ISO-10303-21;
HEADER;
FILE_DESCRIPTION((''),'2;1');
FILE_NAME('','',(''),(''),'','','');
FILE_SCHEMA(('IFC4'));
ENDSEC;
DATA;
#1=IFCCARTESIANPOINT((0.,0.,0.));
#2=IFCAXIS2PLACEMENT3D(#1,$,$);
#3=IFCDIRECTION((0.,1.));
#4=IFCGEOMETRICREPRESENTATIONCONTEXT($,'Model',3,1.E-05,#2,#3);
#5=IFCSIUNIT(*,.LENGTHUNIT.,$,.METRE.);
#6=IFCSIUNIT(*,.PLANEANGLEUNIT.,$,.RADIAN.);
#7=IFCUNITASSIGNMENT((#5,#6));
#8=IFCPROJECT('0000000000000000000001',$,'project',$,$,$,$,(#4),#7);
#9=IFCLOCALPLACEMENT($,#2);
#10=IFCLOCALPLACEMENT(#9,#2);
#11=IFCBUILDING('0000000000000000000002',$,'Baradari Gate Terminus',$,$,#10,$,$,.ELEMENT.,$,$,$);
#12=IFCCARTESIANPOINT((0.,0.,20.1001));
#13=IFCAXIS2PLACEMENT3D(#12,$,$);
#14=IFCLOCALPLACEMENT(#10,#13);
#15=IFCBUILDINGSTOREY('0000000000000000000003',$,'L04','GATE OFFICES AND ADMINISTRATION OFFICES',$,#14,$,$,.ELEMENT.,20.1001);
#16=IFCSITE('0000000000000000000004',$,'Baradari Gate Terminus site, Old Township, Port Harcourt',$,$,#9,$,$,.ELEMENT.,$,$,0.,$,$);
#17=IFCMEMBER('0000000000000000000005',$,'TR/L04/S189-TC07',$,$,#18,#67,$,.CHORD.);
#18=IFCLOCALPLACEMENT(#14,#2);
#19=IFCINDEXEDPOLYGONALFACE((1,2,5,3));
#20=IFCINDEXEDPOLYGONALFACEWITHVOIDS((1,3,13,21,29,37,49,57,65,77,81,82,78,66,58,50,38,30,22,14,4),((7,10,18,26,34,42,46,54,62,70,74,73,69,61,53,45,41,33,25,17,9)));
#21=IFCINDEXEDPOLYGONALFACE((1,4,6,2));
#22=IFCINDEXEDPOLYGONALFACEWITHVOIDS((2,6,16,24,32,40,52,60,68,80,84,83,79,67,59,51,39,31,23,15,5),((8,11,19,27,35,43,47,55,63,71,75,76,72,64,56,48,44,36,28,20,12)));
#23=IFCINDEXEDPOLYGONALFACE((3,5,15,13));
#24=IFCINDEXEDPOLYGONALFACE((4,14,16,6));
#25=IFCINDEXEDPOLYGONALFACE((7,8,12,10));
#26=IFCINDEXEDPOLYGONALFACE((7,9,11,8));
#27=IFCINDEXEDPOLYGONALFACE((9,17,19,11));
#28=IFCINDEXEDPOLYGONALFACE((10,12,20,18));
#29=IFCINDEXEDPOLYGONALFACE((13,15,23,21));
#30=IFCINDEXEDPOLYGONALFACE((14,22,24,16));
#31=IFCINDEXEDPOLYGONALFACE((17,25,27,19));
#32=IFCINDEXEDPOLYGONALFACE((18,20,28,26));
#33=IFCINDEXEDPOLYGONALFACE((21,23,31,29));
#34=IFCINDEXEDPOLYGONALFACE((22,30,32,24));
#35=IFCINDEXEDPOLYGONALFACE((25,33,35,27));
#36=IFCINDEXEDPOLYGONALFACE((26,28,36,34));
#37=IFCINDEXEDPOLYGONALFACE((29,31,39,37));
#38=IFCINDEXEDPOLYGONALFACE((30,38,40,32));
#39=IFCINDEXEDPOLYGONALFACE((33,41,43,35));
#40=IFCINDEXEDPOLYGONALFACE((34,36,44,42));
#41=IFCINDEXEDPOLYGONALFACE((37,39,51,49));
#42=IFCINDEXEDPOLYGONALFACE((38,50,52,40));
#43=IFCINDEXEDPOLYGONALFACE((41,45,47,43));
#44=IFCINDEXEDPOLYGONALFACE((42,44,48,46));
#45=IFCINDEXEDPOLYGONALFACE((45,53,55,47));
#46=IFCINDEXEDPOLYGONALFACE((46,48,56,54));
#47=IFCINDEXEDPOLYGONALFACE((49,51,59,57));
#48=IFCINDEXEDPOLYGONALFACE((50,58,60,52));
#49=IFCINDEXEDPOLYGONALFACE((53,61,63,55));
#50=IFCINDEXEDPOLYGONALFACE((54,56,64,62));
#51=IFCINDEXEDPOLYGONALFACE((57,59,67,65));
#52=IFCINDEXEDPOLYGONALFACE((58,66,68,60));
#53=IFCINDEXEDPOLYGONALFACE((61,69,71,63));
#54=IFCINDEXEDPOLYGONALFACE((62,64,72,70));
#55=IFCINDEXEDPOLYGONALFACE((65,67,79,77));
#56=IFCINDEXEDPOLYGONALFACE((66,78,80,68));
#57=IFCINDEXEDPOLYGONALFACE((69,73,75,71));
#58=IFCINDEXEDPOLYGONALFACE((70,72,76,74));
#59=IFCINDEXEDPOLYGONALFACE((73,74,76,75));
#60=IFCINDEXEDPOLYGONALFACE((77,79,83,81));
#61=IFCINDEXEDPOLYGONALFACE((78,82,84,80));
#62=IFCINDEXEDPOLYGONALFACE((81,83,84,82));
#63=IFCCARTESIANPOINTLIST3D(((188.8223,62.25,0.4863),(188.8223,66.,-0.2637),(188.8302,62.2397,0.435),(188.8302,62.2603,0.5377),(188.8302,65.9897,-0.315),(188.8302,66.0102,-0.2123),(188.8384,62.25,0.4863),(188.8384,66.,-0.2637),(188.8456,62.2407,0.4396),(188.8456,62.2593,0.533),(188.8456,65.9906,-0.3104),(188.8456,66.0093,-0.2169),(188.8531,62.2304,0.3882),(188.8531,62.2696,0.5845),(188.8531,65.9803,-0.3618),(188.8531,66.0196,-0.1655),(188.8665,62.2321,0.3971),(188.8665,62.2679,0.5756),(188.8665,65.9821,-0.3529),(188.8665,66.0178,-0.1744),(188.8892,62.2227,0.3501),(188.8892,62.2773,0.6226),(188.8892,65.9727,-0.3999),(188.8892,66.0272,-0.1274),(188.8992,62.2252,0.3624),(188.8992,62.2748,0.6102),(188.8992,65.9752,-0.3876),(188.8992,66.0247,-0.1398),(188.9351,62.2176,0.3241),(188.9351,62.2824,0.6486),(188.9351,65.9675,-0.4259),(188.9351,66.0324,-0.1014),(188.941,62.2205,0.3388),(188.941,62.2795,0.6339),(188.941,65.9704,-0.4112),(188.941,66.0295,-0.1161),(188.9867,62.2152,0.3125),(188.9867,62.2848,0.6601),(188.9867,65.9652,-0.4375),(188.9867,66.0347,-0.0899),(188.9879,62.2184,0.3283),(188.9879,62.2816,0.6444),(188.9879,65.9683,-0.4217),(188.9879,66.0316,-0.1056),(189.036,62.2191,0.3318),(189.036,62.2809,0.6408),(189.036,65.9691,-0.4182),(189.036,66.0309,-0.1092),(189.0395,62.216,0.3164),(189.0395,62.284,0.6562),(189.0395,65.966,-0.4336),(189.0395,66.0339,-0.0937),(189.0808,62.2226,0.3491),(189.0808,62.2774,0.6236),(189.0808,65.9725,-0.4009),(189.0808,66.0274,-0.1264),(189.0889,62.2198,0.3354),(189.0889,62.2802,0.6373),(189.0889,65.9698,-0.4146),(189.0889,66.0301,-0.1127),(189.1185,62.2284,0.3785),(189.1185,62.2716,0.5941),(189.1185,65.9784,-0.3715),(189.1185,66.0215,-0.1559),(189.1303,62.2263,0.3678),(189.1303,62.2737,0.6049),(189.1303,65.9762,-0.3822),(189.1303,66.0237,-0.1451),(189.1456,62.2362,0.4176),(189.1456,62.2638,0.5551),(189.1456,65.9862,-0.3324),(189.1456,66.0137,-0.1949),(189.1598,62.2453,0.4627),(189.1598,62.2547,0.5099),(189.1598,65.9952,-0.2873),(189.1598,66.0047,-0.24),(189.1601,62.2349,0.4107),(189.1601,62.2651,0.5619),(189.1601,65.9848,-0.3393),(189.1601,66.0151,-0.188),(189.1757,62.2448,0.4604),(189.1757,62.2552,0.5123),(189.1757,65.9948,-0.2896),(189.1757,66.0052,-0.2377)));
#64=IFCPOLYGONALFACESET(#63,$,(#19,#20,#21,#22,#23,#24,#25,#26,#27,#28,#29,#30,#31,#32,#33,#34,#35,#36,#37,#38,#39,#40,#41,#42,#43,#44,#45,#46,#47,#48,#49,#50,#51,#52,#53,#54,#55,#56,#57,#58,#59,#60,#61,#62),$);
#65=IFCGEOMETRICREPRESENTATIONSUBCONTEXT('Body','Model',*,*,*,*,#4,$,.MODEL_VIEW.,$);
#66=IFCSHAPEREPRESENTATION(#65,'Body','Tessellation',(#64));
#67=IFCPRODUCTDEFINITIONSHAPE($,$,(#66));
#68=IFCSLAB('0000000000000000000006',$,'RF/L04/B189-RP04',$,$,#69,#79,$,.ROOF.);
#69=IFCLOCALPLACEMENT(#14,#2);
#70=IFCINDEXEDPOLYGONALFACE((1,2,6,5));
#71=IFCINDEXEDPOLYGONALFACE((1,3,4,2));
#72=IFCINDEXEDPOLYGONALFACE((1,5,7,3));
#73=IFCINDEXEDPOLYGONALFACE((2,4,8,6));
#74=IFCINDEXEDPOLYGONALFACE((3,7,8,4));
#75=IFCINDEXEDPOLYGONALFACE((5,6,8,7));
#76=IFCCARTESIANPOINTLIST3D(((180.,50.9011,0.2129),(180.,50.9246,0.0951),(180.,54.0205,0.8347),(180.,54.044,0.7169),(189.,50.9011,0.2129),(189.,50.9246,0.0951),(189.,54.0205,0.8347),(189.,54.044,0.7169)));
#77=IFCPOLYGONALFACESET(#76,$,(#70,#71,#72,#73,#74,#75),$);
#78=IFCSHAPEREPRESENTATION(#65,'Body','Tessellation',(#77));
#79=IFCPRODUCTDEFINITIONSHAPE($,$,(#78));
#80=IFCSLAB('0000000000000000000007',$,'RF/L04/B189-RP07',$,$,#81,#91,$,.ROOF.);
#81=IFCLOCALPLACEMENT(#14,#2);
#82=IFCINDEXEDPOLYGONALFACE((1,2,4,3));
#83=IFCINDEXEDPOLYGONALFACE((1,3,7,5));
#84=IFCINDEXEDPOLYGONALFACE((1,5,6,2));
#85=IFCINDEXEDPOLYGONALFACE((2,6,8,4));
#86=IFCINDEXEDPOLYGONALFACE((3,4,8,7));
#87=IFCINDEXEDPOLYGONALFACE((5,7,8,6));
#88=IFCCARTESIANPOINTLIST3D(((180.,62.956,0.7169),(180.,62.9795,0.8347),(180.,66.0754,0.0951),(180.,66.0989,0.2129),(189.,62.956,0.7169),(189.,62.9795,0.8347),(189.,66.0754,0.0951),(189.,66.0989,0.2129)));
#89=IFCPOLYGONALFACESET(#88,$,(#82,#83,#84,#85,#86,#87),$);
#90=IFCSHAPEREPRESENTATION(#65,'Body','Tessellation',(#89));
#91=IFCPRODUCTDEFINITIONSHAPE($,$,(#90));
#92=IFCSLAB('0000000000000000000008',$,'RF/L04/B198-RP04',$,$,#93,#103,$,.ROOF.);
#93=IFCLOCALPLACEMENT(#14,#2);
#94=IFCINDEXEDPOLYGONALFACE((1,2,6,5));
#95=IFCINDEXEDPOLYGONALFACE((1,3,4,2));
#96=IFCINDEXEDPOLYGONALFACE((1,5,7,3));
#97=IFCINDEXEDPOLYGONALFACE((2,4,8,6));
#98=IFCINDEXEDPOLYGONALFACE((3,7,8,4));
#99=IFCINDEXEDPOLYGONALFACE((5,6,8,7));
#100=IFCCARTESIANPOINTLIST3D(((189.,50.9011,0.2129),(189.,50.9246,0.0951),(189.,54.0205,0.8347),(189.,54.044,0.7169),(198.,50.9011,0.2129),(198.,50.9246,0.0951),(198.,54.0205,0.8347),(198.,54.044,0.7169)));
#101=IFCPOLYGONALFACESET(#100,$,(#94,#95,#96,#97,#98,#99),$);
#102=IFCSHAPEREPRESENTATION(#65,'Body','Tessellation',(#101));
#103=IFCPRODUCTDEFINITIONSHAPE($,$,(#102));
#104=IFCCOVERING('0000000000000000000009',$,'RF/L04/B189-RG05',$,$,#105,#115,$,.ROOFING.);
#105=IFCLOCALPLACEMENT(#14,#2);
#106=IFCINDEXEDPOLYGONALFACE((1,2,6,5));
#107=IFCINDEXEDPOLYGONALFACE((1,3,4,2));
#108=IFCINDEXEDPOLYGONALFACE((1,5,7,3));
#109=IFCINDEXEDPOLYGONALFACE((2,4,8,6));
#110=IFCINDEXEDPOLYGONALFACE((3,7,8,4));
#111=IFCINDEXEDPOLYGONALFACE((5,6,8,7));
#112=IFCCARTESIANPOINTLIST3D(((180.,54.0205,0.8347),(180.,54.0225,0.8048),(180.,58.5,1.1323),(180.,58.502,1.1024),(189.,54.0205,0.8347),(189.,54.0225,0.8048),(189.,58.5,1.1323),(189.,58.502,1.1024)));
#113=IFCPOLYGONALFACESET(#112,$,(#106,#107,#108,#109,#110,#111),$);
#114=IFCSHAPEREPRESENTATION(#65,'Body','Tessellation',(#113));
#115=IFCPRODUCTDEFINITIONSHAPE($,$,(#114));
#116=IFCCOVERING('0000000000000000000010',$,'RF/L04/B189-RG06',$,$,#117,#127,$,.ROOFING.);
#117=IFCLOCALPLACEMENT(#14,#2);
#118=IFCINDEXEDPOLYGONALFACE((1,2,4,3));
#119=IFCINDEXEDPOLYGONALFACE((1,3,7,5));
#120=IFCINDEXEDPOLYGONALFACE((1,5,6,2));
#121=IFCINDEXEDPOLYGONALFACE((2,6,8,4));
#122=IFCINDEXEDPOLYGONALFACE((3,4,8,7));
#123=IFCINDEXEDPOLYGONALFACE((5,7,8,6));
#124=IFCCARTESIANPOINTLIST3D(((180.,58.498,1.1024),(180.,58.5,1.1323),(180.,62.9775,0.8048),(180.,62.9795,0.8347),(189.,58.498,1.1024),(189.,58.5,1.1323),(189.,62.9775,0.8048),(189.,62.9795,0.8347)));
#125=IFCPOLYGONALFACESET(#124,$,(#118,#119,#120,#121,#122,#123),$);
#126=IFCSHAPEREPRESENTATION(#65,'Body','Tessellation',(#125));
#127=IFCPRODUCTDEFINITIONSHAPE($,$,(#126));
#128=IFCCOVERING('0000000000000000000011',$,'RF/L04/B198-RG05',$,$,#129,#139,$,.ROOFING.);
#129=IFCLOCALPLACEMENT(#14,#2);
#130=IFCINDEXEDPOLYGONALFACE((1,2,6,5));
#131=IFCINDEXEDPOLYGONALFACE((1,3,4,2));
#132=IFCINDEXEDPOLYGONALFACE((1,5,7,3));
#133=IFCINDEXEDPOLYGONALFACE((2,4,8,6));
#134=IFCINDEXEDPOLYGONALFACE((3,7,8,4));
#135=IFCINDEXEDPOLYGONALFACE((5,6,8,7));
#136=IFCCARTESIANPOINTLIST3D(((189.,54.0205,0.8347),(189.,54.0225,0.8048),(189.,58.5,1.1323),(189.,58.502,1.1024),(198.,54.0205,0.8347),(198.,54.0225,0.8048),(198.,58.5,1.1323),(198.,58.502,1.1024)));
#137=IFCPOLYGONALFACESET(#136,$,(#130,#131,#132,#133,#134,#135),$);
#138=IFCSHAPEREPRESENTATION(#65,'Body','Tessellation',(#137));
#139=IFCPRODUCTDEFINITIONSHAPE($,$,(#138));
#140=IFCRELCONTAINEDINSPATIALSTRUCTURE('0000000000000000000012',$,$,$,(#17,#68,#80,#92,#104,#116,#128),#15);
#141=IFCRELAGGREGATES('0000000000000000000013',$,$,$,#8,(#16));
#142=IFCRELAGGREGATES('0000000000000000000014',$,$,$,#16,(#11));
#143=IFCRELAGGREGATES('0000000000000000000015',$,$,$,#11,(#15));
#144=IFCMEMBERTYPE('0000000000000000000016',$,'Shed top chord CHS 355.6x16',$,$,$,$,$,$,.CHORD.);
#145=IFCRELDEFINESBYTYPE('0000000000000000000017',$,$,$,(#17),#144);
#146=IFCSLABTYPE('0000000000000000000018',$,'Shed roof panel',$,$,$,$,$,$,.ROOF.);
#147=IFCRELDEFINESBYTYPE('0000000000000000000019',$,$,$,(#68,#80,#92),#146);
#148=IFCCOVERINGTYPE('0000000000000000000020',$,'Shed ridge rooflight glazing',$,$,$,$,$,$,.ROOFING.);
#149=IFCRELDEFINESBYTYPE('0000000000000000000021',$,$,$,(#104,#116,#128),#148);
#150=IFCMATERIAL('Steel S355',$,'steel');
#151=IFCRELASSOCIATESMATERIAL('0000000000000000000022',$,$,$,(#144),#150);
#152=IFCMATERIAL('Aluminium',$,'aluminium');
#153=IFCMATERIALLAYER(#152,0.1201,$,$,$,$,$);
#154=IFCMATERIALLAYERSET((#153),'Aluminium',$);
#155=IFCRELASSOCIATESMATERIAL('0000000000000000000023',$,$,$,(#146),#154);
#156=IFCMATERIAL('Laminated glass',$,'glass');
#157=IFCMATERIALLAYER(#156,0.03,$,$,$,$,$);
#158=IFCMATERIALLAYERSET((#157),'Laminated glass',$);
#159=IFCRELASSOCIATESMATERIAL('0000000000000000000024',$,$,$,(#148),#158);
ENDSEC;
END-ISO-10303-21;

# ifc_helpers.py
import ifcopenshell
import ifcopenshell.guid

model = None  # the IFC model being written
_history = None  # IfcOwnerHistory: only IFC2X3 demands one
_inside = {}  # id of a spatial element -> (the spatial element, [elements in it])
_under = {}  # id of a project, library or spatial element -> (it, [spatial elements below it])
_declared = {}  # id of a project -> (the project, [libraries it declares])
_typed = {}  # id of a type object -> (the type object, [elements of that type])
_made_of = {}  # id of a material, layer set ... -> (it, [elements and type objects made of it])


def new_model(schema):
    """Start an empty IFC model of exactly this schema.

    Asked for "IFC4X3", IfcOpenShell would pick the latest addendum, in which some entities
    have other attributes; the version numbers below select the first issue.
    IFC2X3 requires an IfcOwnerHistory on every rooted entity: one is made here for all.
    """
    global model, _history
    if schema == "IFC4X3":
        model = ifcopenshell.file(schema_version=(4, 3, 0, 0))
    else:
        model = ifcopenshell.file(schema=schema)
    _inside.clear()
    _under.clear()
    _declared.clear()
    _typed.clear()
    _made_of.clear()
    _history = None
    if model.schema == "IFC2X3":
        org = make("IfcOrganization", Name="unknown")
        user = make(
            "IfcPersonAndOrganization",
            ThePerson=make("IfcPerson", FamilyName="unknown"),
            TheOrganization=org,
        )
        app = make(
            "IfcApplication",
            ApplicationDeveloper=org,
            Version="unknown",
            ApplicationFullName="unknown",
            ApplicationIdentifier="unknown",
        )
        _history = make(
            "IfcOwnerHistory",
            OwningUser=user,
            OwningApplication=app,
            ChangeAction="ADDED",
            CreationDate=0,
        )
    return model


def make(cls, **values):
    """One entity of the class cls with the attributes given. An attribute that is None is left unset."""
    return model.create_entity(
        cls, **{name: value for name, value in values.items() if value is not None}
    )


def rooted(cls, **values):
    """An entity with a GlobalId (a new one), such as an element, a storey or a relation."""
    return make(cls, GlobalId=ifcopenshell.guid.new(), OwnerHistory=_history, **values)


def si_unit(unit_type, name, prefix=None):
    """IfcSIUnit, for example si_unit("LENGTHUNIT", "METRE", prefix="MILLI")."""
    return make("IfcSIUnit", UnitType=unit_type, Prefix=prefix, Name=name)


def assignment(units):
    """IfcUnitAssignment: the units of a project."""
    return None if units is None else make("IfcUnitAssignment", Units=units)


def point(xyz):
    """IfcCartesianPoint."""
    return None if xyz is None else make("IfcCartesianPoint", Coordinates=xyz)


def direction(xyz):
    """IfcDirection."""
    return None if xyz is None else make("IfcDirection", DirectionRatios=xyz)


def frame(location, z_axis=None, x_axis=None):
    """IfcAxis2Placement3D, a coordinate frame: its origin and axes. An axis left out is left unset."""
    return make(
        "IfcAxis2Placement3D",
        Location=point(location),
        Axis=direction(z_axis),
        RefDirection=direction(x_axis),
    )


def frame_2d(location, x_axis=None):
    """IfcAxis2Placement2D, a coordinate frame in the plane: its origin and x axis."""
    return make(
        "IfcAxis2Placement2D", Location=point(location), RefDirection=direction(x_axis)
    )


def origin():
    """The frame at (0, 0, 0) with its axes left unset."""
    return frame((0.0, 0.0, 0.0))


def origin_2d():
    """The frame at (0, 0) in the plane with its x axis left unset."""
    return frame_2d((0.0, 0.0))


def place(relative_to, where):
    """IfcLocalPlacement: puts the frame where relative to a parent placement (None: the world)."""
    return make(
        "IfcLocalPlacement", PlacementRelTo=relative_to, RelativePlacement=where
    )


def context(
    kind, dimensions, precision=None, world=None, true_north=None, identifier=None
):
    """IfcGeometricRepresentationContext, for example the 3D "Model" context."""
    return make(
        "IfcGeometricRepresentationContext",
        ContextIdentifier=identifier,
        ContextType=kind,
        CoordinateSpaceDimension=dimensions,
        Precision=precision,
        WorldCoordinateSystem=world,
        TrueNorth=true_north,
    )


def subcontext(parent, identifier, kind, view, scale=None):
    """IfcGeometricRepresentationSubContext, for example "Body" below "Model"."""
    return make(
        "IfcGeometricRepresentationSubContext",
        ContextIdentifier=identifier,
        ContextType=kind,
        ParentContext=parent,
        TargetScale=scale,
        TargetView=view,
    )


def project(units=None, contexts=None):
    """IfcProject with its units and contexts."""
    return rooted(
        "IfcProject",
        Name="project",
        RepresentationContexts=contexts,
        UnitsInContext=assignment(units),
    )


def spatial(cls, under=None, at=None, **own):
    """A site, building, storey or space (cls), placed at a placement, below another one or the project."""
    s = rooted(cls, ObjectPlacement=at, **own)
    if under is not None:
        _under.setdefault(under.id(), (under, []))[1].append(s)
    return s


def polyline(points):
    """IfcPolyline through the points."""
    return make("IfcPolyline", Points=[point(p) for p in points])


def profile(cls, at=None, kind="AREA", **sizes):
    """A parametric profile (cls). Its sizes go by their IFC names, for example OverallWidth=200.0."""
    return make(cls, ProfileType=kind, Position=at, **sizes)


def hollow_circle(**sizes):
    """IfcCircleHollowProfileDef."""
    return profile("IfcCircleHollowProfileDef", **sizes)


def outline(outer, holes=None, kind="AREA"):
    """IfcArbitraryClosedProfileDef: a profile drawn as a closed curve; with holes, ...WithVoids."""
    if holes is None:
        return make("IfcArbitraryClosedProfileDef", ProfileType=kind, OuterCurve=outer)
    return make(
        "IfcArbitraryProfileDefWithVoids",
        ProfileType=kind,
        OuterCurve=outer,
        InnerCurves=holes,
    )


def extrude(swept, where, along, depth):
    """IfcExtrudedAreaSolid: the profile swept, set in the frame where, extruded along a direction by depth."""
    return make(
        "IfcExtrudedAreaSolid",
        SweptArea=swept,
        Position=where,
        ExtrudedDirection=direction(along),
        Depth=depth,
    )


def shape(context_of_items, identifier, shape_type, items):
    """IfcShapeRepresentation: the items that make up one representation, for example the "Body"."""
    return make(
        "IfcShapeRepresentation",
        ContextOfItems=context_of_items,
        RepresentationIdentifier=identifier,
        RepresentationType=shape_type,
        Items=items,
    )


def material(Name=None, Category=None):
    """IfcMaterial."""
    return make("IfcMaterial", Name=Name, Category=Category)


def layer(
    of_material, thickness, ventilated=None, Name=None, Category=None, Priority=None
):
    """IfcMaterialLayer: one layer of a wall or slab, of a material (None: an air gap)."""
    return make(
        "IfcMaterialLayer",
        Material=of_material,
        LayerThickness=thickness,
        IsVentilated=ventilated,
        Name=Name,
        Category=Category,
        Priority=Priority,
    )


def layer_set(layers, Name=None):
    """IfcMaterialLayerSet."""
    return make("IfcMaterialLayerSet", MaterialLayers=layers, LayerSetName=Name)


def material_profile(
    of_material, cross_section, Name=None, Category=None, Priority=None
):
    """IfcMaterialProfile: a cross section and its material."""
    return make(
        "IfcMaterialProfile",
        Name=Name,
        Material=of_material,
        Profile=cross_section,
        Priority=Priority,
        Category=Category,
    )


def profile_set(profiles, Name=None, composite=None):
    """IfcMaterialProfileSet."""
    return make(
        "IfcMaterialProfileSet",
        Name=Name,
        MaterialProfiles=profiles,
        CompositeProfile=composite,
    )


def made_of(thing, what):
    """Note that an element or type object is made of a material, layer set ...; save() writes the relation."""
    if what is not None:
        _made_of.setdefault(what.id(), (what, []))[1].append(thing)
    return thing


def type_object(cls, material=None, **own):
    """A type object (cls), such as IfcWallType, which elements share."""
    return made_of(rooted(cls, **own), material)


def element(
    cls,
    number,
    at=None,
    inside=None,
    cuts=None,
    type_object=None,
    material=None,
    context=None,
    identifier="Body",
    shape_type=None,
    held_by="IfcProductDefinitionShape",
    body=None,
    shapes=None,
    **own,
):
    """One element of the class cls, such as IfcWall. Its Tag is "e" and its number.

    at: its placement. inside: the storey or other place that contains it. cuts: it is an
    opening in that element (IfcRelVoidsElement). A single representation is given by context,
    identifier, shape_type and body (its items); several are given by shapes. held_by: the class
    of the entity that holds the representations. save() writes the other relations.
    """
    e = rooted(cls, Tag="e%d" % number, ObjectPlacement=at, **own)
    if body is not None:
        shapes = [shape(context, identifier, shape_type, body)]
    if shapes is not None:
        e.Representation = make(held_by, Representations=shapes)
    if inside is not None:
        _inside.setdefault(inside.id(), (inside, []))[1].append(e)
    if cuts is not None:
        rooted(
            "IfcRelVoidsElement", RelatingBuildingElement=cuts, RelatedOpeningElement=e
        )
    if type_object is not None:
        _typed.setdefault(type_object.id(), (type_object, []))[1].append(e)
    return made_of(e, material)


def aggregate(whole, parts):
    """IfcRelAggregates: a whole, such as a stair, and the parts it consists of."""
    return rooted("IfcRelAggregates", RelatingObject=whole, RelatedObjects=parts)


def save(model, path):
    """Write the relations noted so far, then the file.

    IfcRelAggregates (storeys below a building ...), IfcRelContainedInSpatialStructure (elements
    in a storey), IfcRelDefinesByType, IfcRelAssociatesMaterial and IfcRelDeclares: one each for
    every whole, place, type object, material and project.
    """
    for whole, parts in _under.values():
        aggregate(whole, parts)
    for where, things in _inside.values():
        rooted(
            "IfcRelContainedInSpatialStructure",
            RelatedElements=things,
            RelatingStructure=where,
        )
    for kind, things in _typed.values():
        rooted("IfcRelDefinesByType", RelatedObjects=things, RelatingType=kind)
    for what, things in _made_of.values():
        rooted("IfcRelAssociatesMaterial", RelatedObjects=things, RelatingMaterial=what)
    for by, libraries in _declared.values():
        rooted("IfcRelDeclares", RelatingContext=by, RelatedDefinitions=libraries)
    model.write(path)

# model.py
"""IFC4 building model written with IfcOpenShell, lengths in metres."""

from ifc_helpers import new_model, si_unit, direction, frame, origin, origin_2d, place, context, subcontext, project, spatial, polyline, hollow_circle, outline, extrude, material, layer, layer_set, material_profile, profile_set, type_object, element, save


model = new_model("IFC4")

# Units and contexts
model_context = context("Model", 3, precision=1e-05, world=origin(), true_north=direction((0.0, 1.0)))
body_context = subcontext(model_context, "Body", "Model", "MODEL_VIEW")
ifc_project = project(units=[si_unit("LENGTHUNIT", "METRE"), si_unit("PLANEANGLEUNIT", "RADIAN")], contexts=[model_context])

# Site, building, storey
site_placement = place(None, origin())
site = spatial("IfcSite", under=ifc_project, at=site_placement, Name="Baradari Gate Terminus site, Old Township, Port Harcourt", CompositionType="ELEMENT", RefElevation=0.0)
building_placement = place(site_placement, origin())
building = spatial("IfcBuilding", under=site, at=building_placement, Name="Baradari Gate Terminus", CompositionType="ELEMENT")
storey_placement = place(building_placement, frame((0.0, 0.0, 20.1001)))
storey = spatial("IfcBuildingStorey", under=building, at=storey_placement, Name="L04", Description="GATE OFFICES AND ADMINISTRATION OFFICES", CompositionType="ELEMENT", Elevation=20.1001)

# Member
ifc_material_1 = material(Name="Steel S355", Category="steel")
ifc_material_profile_1 = material_profile(ifc_material_1, hollow_circle(Radius=0.1777, WallThickness=0.0161, at=origin_2d()), Name="CHS 355.6x16")
ifc_profile_set_1 = profile_set([ifc_material_profile_1], Name="Steel S355")
member_type_1 = type_object("IfcMemberType", Name="Shed top chord CHS 355.6x16", PredefinedType="CHORD", material=ifc_profile_set_1)
member_1_placement = place(storey_placement, frame((189.0, 62.25, 0.4863), z_axis=(0.0, 0.980581, -0.196116), x_axis=(-1.0, 0.0, 0.0)))
element("IfcMember", 1, at=member_1_placement, inside=storey, type_object=member_type_1, Name="TR/L04/S189-TC07", PredefinedType="CHORD", context=body_context, shape_type="SweptSolid", body=[
    extrude(hollow_circle(Radius=0.1777, WallThickness=0.0161, at=origin_2d()), origin(), (0.0, 0.0, 1.0), 3.8242),
])

# Slabs
ifc_material_2 = material(Name="Aluminium", Category="aluminium")
ifc_layer_1 = layer(ifc_material_2, 0.1201)
ifc_layer_set_1 = layer_set([ifc_layer_1], Name="Aluminium")
slab_type = type_object("IfcSlabType", Name="Shed roof panel", PredefinedType="ROOF", material=ifc_layer_set_1)
for number, where, z_axis, x_axis, name in (
    (2, (180.0, 50.9011, 0.2129), (0.0, -0.195496, 0.980704), (1.0, 0.0, 0.0), "RF/L04/B189-RP04"),
    (3, (180.0, 62.9795, 0.8347), (0.0, 0.195496, 0.980704), (1.0, 0.0, 0.0), "RF/L04/B189-RP07"),
    (4, (189.0, 50.9011, 0.2129), (0.0, -0.195496, 0.980704), (1.0, 0.0, 0.0), "RF/L04/B198-RP04"),
):
    element("IfcSlab", number, at=place(storey_placement, frame(where, z_axis=z_axis, x_axis=x_axis)), inside=storey, type_object=slab_type, Name=name, PredefinedType="ROOF", context=body_context, shape_type="SweptSolid", body=[
        extrude(outline(polyline([(0.0, 0.0), (9.0, 0.0), (9.0, 3.1808), (0.0, 3.1808), (0.0, 0.0)])), origin(), (0.0, 0.0, -1.0), 0.1201),
    ])

# Coverings
ifc_material_3 = material(Name="Laminated glass", Category="glass")
ifc_layer_2 = layer(ifc_material_3, 0.03)
ifc_layer_set_2 = layer_set([ifc_layer_2], Name="Laminated glass")
covering_type = type_object("IfcCoveringType", Name="Shed ridge rooflight glazing", PredefinedType="ROOFING", material=ifc_layer_set_2)
for number, where, z_axis, x_axis, name in (
    (5, (180.0, 54.0205, 0.8347), (0.0, -0.066292, 0.9978), (1.0, 0.0, 0.0), "RF/L04/B189-RG05"),
    (6, (180.0, 58.5, 1.1323), (0.0, 0.066292, 0.9978), (1.0, 0.0, 0.0), "RF/L04/B189-RG06"),
    (7, (189.0, 54.0205, 0.8347), (0.0, -0.066292, 0.9978), (1.0, 0.0, 0.0), "RF/L04/B198-RG05"),
):
    element("IfcCovering", number, at=place(storey_placement, frame(where, z_axis=z_axis, x_axis=x_axis)), inside=storey, type_object=covering_type, Name=name, PredefinedType="ROOFING", context=body_context, shape_type="SweptSolid", body=[
        extrude(outline(polyline([(0.0, 0.0), (9.0, 0.0), (9.0, 4.4894), (0.0, 4.4894), (0.0, 0.0)])), origin(), (0.0, 0.0, -1.0), 0.03),
    ])

save(model, "model.ifc")
